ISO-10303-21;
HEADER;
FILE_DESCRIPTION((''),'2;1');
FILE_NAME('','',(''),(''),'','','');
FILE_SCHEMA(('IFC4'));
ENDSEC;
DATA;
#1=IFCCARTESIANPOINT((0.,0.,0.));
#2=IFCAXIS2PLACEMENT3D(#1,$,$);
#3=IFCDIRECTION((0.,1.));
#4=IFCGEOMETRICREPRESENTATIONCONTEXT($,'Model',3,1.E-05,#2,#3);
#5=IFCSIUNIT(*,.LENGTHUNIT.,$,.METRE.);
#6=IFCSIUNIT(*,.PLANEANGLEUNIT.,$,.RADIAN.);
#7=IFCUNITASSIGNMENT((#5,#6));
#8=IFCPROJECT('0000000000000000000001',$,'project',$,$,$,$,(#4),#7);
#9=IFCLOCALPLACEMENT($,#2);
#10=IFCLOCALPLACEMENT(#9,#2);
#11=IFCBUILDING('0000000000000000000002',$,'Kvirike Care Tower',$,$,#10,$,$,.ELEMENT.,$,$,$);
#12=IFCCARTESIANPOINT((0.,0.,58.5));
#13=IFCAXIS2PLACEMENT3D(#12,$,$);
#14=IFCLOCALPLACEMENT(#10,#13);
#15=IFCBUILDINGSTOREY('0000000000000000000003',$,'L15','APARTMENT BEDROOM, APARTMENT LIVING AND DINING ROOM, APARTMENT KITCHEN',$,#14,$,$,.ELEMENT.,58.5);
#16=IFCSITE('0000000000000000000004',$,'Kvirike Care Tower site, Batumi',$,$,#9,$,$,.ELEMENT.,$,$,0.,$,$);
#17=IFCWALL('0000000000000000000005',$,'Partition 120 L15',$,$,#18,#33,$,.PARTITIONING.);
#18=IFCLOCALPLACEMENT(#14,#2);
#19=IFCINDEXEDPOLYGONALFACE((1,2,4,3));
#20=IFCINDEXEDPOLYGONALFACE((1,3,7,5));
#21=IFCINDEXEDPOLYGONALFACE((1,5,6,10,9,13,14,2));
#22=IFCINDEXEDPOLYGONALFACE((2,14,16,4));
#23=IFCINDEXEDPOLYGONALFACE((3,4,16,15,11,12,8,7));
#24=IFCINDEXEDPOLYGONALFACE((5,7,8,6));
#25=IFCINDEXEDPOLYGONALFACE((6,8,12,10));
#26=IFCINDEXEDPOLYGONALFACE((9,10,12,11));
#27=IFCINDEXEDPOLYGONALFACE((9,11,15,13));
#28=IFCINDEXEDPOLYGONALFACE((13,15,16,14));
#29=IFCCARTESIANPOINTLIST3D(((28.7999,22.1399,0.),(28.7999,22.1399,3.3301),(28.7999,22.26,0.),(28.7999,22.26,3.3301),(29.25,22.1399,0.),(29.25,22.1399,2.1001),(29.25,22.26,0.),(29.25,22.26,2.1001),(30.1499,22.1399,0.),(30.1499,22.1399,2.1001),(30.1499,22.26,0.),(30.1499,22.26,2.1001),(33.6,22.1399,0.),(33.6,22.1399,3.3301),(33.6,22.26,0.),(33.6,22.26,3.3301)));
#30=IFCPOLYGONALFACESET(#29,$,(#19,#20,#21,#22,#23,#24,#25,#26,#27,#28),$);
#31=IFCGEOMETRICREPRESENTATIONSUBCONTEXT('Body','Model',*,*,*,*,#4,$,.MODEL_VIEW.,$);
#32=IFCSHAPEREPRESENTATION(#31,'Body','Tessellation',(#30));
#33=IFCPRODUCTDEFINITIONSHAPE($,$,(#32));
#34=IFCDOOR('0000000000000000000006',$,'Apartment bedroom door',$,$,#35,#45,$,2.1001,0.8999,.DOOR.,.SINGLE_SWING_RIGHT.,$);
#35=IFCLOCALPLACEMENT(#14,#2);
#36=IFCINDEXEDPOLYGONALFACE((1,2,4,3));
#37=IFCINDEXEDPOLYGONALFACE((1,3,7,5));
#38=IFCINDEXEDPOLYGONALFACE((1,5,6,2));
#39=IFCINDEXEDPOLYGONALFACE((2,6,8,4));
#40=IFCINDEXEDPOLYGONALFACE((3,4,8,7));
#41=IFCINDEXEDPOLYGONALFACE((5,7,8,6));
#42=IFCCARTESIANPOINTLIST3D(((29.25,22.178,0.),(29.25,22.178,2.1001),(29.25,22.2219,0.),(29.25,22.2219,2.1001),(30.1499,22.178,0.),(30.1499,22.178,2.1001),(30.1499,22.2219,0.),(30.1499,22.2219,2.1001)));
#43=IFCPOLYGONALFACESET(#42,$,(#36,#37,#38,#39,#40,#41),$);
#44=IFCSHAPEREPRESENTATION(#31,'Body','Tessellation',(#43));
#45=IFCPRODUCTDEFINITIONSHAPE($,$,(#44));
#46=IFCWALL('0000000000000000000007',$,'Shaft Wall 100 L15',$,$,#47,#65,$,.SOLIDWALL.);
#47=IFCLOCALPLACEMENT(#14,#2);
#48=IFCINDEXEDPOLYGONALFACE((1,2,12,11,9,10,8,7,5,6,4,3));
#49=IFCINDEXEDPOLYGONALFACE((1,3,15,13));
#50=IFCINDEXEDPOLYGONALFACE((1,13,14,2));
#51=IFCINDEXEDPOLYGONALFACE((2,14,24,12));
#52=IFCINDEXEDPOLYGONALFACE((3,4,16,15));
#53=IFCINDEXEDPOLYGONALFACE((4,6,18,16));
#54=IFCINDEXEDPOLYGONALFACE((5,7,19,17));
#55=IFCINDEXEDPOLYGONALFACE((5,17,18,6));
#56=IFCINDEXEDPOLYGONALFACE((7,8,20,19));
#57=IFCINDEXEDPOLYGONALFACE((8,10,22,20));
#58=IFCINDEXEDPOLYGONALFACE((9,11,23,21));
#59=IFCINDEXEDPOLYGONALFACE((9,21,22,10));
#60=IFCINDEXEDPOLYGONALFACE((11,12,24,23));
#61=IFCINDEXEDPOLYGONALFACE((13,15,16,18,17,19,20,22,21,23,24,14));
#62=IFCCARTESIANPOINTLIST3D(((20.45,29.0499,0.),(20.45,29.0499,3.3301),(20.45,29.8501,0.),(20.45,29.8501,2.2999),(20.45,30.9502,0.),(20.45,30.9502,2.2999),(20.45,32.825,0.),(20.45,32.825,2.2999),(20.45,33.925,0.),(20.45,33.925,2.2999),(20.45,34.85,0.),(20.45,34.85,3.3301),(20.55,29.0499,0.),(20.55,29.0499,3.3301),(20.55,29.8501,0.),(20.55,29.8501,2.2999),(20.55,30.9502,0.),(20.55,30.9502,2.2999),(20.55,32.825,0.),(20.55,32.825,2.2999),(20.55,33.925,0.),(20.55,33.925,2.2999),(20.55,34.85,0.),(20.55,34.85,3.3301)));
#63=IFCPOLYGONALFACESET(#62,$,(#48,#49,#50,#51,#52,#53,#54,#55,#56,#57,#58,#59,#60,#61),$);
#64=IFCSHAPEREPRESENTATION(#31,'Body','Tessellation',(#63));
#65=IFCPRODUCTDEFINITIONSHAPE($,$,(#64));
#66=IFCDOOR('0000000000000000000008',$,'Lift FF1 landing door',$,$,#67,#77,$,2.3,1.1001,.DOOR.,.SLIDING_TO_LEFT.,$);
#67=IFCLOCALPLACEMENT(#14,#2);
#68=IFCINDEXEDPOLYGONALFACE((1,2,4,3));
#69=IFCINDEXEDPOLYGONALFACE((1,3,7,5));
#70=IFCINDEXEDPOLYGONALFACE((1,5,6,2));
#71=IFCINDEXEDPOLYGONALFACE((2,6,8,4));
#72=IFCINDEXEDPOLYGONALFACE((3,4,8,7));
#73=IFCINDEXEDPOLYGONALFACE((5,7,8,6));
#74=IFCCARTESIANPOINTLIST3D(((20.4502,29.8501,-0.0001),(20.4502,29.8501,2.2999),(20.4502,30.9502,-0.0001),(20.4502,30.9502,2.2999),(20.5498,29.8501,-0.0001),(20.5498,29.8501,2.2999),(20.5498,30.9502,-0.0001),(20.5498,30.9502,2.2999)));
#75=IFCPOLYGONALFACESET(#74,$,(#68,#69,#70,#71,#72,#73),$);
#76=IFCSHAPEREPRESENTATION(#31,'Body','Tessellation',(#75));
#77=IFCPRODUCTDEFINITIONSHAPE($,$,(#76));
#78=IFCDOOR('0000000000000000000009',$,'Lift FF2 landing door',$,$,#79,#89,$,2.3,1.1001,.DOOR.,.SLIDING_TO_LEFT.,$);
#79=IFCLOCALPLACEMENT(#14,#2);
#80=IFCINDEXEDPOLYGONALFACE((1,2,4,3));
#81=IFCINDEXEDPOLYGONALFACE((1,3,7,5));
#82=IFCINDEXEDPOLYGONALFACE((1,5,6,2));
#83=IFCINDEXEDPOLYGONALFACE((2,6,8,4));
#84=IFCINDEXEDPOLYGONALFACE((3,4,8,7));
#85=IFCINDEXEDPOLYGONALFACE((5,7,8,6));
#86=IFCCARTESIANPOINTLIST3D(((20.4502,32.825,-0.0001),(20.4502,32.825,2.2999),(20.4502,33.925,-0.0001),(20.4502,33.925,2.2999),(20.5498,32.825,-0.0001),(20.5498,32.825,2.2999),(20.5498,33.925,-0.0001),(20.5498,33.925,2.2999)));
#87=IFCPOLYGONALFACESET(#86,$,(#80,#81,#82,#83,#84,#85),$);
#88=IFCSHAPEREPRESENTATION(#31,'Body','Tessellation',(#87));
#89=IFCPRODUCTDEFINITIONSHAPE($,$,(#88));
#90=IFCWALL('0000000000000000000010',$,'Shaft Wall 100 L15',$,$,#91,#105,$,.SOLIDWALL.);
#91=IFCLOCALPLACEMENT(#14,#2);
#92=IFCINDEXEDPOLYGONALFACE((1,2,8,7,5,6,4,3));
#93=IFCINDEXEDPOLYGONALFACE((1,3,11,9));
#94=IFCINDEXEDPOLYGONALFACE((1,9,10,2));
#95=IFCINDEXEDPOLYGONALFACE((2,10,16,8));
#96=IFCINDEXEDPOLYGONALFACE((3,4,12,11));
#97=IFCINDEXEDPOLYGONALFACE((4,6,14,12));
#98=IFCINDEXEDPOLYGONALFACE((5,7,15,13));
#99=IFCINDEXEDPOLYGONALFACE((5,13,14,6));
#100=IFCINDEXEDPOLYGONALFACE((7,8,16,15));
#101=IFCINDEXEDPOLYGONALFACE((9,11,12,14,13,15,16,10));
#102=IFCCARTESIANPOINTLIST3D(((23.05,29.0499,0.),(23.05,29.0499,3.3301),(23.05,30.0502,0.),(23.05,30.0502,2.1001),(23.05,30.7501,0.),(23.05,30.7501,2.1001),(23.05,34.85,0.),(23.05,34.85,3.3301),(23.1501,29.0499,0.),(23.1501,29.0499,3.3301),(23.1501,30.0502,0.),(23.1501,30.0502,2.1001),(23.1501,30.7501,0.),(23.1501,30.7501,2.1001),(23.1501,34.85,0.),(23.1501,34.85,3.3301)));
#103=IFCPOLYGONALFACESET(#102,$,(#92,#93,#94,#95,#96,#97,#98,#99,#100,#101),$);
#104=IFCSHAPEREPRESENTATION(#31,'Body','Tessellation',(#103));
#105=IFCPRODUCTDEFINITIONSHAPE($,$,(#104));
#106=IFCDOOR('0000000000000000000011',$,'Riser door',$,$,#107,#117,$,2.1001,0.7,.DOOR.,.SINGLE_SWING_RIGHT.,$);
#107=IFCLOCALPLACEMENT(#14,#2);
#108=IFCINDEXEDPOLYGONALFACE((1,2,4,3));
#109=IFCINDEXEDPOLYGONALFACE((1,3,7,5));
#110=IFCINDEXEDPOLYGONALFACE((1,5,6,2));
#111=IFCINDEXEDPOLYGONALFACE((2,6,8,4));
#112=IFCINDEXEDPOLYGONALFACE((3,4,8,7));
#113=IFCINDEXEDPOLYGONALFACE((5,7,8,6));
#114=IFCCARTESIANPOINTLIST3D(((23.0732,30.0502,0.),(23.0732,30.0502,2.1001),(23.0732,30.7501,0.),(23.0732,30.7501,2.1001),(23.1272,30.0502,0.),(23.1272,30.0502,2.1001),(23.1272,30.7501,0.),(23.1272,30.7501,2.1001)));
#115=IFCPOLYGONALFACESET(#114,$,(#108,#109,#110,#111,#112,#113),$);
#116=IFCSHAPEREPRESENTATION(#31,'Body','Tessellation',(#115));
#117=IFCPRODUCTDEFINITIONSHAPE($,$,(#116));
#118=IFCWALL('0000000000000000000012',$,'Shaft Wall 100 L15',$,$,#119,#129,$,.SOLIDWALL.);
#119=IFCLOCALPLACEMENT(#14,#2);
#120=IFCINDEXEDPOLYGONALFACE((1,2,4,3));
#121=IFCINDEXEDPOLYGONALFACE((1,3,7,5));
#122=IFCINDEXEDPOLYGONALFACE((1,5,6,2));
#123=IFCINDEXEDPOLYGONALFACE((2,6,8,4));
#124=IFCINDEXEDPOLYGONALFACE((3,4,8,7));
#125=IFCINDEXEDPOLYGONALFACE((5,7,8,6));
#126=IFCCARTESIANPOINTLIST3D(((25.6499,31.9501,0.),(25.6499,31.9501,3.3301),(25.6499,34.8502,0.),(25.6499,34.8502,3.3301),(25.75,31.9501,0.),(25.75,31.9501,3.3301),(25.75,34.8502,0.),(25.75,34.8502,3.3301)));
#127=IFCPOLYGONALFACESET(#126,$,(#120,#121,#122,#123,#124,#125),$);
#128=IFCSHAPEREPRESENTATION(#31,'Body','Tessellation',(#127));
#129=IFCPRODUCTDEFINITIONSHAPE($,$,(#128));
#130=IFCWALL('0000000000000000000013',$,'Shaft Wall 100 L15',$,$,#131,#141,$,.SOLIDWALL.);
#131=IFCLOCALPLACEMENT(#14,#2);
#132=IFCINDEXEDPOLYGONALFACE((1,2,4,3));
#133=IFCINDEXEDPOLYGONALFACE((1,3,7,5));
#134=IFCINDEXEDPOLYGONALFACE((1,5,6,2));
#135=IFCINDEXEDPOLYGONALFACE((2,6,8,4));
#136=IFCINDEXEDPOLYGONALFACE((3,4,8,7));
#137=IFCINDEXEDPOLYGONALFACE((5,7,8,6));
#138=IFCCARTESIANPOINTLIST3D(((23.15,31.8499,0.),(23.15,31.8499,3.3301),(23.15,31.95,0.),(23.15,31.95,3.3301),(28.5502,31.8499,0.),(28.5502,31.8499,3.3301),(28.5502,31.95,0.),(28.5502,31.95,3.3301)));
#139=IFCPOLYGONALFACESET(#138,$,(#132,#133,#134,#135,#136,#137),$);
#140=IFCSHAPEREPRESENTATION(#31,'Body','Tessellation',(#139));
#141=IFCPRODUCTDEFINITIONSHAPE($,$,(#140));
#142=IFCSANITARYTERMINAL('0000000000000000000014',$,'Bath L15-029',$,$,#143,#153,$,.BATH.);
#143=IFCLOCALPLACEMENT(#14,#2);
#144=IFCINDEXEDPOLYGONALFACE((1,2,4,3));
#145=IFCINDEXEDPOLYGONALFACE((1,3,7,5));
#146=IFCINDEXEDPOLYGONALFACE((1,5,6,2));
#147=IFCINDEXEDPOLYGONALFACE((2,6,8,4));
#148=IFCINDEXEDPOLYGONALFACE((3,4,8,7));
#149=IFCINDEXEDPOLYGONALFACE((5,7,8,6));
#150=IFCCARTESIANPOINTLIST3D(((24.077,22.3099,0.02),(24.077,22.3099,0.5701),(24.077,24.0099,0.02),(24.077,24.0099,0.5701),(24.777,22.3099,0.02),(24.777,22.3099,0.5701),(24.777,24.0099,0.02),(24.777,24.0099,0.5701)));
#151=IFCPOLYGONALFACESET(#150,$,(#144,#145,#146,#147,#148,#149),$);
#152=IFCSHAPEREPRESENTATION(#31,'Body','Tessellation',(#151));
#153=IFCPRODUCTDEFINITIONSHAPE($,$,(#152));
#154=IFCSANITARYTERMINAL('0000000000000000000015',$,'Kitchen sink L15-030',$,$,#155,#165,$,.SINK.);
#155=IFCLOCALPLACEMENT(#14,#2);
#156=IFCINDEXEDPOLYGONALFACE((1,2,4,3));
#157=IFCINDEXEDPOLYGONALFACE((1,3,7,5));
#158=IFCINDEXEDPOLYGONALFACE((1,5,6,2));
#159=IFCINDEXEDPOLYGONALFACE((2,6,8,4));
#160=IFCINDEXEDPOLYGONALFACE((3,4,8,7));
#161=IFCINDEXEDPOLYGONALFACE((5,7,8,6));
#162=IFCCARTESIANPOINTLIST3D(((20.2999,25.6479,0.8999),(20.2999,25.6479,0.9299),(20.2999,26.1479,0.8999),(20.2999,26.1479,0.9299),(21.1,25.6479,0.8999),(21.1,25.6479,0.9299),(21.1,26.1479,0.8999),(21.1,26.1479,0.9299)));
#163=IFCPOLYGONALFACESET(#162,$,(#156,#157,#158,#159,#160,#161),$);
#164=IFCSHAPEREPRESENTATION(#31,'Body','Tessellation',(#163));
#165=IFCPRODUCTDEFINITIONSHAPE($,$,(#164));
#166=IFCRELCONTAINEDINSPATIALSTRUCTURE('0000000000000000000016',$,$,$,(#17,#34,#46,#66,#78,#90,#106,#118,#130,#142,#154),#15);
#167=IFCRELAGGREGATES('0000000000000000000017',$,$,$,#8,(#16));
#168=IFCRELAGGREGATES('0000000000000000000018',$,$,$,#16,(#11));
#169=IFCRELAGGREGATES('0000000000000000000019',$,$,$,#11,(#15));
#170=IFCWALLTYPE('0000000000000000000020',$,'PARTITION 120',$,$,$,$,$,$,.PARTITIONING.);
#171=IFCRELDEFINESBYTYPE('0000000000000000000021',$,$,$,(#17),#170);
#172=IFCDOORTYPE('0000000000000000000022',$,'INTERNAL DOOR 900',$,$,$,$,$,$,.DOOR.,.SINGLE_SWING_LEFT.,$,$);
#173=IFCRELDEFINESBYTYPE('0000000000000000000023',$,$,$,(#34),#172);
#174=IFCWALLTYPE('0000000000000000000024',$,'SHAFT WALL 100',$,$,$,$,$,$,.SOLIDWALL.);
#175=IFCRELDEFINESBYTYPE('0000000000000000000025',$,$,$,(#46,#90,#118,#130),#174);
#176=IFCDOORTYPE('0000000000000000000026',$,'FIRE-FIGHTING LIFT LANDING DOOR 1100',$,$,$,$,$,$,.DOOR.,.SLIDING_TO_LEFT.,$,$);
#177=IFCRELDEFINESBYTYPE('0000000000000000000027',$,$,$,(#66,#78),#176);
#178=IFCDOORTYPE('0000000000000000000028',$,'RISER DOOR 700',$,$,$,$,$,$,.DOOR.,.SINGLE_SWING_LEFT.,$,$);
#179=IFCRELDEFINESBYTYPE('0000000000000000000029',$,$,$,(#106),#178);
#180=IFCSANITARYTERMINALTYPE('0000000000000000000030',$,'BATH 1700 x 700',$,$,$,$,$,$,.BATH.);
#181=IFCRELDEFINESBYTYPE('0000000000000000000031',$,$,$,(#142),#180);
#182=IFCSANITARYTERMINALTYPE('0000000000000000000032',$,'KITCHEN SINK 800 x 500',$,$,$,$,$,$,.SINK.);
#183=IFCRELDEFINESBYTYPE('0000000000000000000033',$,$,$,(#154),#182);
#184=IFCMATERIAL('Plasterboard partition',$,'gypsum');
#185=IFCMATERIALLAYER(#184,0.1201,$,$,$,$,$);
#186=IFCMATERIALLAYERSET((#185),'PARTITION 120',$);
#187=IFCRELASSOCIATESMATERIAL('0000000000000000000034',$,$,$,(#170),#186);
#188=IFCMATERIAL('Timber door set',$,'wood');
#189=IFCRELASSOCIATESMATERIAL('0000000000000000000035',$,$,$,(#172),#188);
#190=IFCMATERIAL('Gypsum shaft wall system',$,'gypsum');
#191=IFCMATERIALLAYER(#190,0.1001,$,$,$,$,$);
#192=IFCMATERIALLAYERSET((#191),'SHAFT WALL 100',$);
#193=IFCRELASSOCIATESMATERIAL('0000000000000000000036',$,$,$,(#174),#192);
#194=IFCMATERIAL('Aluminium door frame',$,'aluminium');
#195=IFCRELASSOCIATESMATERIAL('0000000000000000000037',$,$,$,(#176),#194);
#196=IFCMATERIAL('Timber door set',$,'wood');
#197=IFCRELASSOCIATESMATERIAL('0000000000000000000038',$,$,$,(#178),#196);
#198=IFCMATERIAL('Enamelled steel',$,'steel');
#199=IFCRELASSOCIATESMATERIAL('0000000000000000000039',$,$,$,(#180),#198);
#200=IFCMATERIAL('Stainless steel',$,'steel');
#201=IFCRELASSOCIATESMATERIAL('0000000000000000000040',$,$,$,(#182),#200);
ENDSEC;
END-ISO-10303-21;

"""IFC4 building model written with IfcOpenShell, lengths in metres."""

from ifc_helpers import new_model, si_unit, direction, frame, frame_2d, origin, origin_2d, place, context, subcontext, project, spatial, rectangle, extrude, material, layer, layer_set, type_object, element, fill, save


model = new_model("IFC4")

# Units and contexts
model_context = context("Model", 3, precision=1e-05, world=origin(), true_north=direction((0.0, 1.0)))
body_context = subcontext(model_context, "Body", "Model", "MODEL_VIEW")
ifc_project = project(units=[si_unit("LENGTHUNIT", "METRE"), si_unit("PLANEANGLEUNIT", "RADIAN")], contexts=[model_context])

# Site, building, storey
site_placement = place(None, origin())
site = spatial("IfcSite", under=ifc_project, at=site_placement, Name="Kvirike Care Tower site, Batumi", CompositionType="ELEMENT", RefElevation=0.0)
building_placement = place(site_placement, origin())
building = spatial("IfcBuilding", under=site, at=building_placement, Name="Kvirike Care Tower", CompositionType="ELEMENT")
storey_placement = place(building_placement, frame((0.0, 0.0, 58.5)))
storey = spatial("IfcBuildingStorey", under=building, at=storey_placement, Name="L15", Description="APARTMENT BEDROOM, APARTMENT LIVING AND DINING ROOM, APARTMENT KITCHEN", CompositionType="ELEMENT", Elevation=58.5)

# Wall, opening, door
ifc_material_1 = material(Name="Plasterboard partition", Category="gypsum")
ifc_layer_1 = layer(ifc_material_1, 0.1201)
ifc_layer_set_1 = layer_set([ifc_layer_1], Name="PARTITION 120")
wall_type_1 = type_object("IfcWallType", Name="PARTITION 120", PredefinedType="PARTITIONING", material=ifc_layer_set_1)
ifc_material_2 = material(Name="Timber door set", Category="wood")
door_type_1 = type_object("IfcDoorType", Name="INTERNAL DOOR 900", OperationType="SINGLE_SWING_LEFT", PredefinedType="DOOR", material=ifc_material_2)
wall_1_placement = place(storey_placement, frame((28.8, 22.2, 0.0), z_axis=(0.0, 0.0, 1.0), x_axis=(1.0, 0.0, 0.0)))
wall_1 = element("IfcWall", 1, at=wall_1_placement, inside=storey, type_object=wall_type_1, Name="Partition 120 L15", PredefinedType="PARTITIONING", context=body_context, shape_type="SweptSolid", body=[
    extrude(rectangle(XDim=4.8, YDim=0.1201, at=frame_2d((2.3999, 0.0))), origin(), (0.0, 0.0, 1.0), 3.3301),
])
opening_1_placement = place(wall_1_placement, frame((0.45, 0.0, 0.0)))
opening_1 = element("IfcOpeningElement", 2, at=opening_1_placement, cuts=wall_1, PredefinedType="OPENING", context=body_context, shape_type="SweptSolid", body=[
    extrude(rectangle(XDim=0.8999, YDim=2.1001, at=frame_2d((0.45, 1.05))), frame((0.0, 0.0706, 0.0), z_axis=(0.0, -1.0, 0.0), x_axis=(1.0, 0.0, 0.0)), (0.0, 0.0, 1.0), 0.1411),
])
door_1_placement = place(opening_1_placement, origin())
door_1 = element("IfcDoor", 3, at=door_1_placement, inside=storey, type_object=door_type_1, Name="Apartment bedroom door", OperationType="SINGLE_SWING_RIGHT", OverallHeight=2.1001, OverallWidth=0.8999, PredefinedType="DOOR", context=body_context, shape_type="SweptSolid", body=[
    extrude(rectangle(XDim=0.8999, YDim=2.1001, at=frame_2d((0.45, 1.05))), frame((0.0, 0.022, 0.0), z_axis=(0.0, -1.0, 0.0), x_axis=(1.0, 0.0, 0.0)), (0.0, 0.0, 1.0), 0.0439),
])
fill(opening_1, door_1)

# Wall, openings, doors
ifc_material_3 = material(Name="Gypsum shaft wall system", Category="gypsum")
ifc_layer_2 = layer(ifc_material_3, 0.1001)
ifc_layer_set_2 = layer_set([ifc_layer_2], Name="SHAFT WALL 100")
wall_type_2 = type_object("IfcWallType", Name="SHAFT WALL 100", PredefinedType="SOLIDWALL", material=ifc_layer_set_2)
wall_2_placement = place(storey_placement, frame((20.5, 29.05, 0.0), z_axis=(0.0, 0.0, 1.0), x_axis=(0.0, 1.0, 0.0)))
wall_2 = element("IfcWall", 4, at=wall_2_placement, inside=storey, type_object=wall_type_2, Name="Shaft Wall 100 L15", PredefinedType="SOLIDWALL", context=body_context, shape_type="SweptSolid", body=[
    extrude(rectangle(XDim=5.8, YDim=0.1001, at=frame_2d((2.8999, 0.0))), origin(), (0.0, 0.0, 1.0), 3.3301),
])
opening_2_placement = place(wall_2_placement, frame((0.8, 0.0, 0.0)))
opening_2 = element("IfcOpeningElement", 5, at=opening_2_placement, cuts=wall_2, PredefinedType="OPENING", context=body_context, shape_type="SweptSolid", body=[
    extrude(rectangle(XDim=1.1001, YDim=2.3, at=frame_2d((0.55, 1.1499))), frame((0.0, 0.0605, 0.0), z_axis=(0.0, -1.0, 0.0), x_axis=(1.0, 0.0, 0.0)), (0.0, 0.0, 1.0), 0.1211),
])
opening_3_placement = place(wall_2_placement, frame((3.7749, 0.0, 0.0)))
opening_3 = element("IfcOpeningElement", 6, at=opening_3_placement, cuts=wall_2, PredefinedType="OPENING", context=body_context, shape_type="SweptSolid", body=[
    extrude(rectangle(XDim=1.1001, YDim=2.3, at=frame_2d((0.55, 1.1499))), frame((0.0, 0.0605, 0.0), z_axis=(0.0, -1.0, 0.0), x_axis=(1.0, 0.0, 0.0)), (0.0, 0.0, 1.0), 0.1211),
])
ifc_material_4 = material(Name="Aluminium door frame", Category="aluminium")
door_type_2 = type_object("IfcDoorType", Name="FIRE-FIGHTING LIFT LANDING DOOR 1100", OperationType="SLIDING_TO_LEFT", PredefinedType="DOOR", material=ifc_material_4)
door_2_placement = place(opening_2_placement, origin())
door_2 = element("IfcDoor", 7, at=door_2_placement, inside=storey, type_object=door_type_2, Name="Lift FF1 landing door", OperationType="SLIDING_TO_LEFT", OverallHeight=2.3, OverallWidth=1.1001, PredefinedType="DOOR", context=body_context, shape_type="SweptSolid", body=[
    extrude(rectangle(XDim=1.1001, YDim=2.3, at=frame_2d((0.55, 1.1499))), frame((0.0, 0.0498, 0.0), z_axis=(0.0, -1.0, 0.0), x_axis=(1.0, 0.0, 0.0)), (0.0, 0.0, 1.0), 0.0996),
])
fill(opening_2, door_2)
door_3_placement = place(opening_3_placement, origin())
door_3 = element("IfcDoor", 8, at=door_3_placement, inside=storey, type_object=door_type_2, Name="Lift FF2 landing door", OperationType="SLIDING_TO_LEFT", OverallHeight=2.3, OverallWidth=1.1001, PredefinedType="DOOR", context=body_context, shape_type="SweptSolid", body=[
    extrude(rectangle(XDim=1.1001, YDim=2.3, at=frame_2d((0.55, 1.1499))), frame((0.0, 0.0498, 0.0), z_axis=(0.0, -1.0, 0.0), x_axis=(1.0, 0.0, 0.0)), (0.0, 0.0, 1.0), 0.0996),
])
fill(opening_3, door_3)

# Wall, opening, door
wall_3_placement = place(storey_placement, frame((23.1001, 29.05, 0.0), z_axis=(0.0, 0.0, 1.0), x_axis=(0.0, 1.0, 0.0)))
wall_3 = element("IfcWall", 9, at=wall_3_placement, inside=storey, type_object=wall_type_2, Name="Shaft Wall 100 L15", PredefinedType="SOLIDWALL", context=body_context, shape_type="SweptSolid", body=[
    extrude(rectangle(XDim=5.8, YDim=0.1001, at=frame_2d((2.8999, 0.0))), origin(), (0.0, 0.0, 1.0), 3.3301),
])
opening_4_placement = place(wall_3_placement, frame((1.0, 0.0, 0.0)))
opening_4 = element("IfcOpeningElement", 10, at=opening_4_placement, cuts=wall_3, PredefinedType="OPENING", context=body_context, shape_type="SweptSolid", body=[
    extrude(rectangle(XDim=0.7, YDim=2.1001, at=frame_2d((0.3501, 1.05))), frame((0.0, 0.0605, 0.0), z_axis=(0.0, -1.0, 0.0), x_axis=(1.0, 0.0, 0.0)), (0.0, 0.0, 1.0), 0.1211),
])
ifc_material_5 = material(Name="Timber door set", Category="wood")
door_type_3 = type_object("IfcDoorType", Name="RISER DOOR 700", OperationType="SINGLE_SWING_LEFT", PredefinedType="DOOR", material=ifc_material_5)
door_4_placement = place(opening_4_placement, origin())
door_4 = element("IfcDoor", 11, at=door_4_placement, inside=storey, type_object=door_type_3, Name="Riser door", OperationType="SINGLE_SWING_RIGHT", OverallHeight=2.1001, OverallWidth=0.7, PredefinedType="DOOR", context=body_context, shape_type="SweptSolid", body=[
    extrude(rectangle(XDim=0.7, YDim=2.1001, at=frame_2d((0.3501, 1.05))), frame((0.0, 0.0269, 0.0), z_axis=(0.0, -1.0, 0.0), x_axis=(1.0, 0.0, 0.0)), (0.0, 0.0, 1.0), 0.054),
])
fill(opening_4, door_4)

# Walls
wall_4_placement = place(storey_placement, frame((25.7, 31.95, 0.0), z_axis=(0.0, 0.0, 1.0), x_axis=(0.0, 1.0, 0.0)))
element("IfcWall", 12, at=wall_4_placement, inside=storey, type_object=wall_type_2, Name="Shaft Wall 100 L15", PredefinedType="SOLIDWALL", context=body_context, shape_type="SweptSolid", body=[
    extrude(rectangle(XDim=2.9001, YDim=0.1001, at=frame_2d((1.4502, 0.0))), origin(), (0.0, 0.0, 1.0), 3.3301),
])
wall_5_placement = place(storey_placement, frame((23.1499, 31.8999, 0.0), z_axis=(0.0, 0.0, 1.0), x_axis=(1.0, 0.0, 0.0)))
element("IfcWall", 13, at=wall_5_placement, inside=storey, type_object=wall_type_2, Name="Shaft Wall 100 L15", PredefinedType="SOLIDWALL", context=body_context, shape_type="SweptSolid", body=[
    extrude(rectangle(XDim=5.4001, YDim=0.1001, at=frame_2d((2.7002, 0.0))), origin(), (0.0, 0.0, 1.0), 3.3301),
])

# Sanitary terminals
ifc_material_6 = material(Name="Enamelled steel", Category="steel")
sanitary_terminal_type_1 = type_object("IfcSanitaryTerminalType", Name="BATH 1700 x 700", PredefinedType="BATH", material=ifc_material_6)
sanitary_terminal_1_placement = place(storey_placement, frame((24.427, 23.1599, 0.02), z_axis=(0.0, 0.0, 1.0), x_axis=(0.0, 1.0, 0.0)))
element("IfcSanitaryTerminal", 14, at=sanitary_terminal_1_placement, inside=storey, type_object=sanitary_terminal_type_1, Name="Bath L15-029", PredefinedType="BATH", context=body_context, shape_type="SweptSolid", body=[
    extrude(rectangle(XDim=1.7, YDim=0.7, at=origin_2d()), origin(), (0.0, 0.0, 1.0), 0.55),
])
ifc_material_7 = material(Name="Stainless steel", Category="steel")
sanitary_terminal_type_2 = type_object("IfcSanitaryTerminalType", Name="KITCHEN SINK 800 x 500", PredefinedType="SINK", material=ifc_material_7)
sanitary_terminal_2_placement = place(storey_placement, frame((20.7, 25.8979, 0.8999), z_axis=(0.0, 0.0, 1.0), x_axis=(1.0, 0.0, 0.0)))
element("IfcSanitaryTerminal", 15, at=sanitary_terminal_2_placement, inside=storey, type_object=sanitary_terminal_type_2, Name="Kitchen sink L15-030", PredefinedType="SINK", context=body_context, shape_type="SweptSolid", body=[
    extrude(rectangle(XDim=0.8, YDim=0.5, at=origin_2d()), origin(), (0.0, 0.0, 1.0), 0.03),
])

save(model, "model.ifc")
